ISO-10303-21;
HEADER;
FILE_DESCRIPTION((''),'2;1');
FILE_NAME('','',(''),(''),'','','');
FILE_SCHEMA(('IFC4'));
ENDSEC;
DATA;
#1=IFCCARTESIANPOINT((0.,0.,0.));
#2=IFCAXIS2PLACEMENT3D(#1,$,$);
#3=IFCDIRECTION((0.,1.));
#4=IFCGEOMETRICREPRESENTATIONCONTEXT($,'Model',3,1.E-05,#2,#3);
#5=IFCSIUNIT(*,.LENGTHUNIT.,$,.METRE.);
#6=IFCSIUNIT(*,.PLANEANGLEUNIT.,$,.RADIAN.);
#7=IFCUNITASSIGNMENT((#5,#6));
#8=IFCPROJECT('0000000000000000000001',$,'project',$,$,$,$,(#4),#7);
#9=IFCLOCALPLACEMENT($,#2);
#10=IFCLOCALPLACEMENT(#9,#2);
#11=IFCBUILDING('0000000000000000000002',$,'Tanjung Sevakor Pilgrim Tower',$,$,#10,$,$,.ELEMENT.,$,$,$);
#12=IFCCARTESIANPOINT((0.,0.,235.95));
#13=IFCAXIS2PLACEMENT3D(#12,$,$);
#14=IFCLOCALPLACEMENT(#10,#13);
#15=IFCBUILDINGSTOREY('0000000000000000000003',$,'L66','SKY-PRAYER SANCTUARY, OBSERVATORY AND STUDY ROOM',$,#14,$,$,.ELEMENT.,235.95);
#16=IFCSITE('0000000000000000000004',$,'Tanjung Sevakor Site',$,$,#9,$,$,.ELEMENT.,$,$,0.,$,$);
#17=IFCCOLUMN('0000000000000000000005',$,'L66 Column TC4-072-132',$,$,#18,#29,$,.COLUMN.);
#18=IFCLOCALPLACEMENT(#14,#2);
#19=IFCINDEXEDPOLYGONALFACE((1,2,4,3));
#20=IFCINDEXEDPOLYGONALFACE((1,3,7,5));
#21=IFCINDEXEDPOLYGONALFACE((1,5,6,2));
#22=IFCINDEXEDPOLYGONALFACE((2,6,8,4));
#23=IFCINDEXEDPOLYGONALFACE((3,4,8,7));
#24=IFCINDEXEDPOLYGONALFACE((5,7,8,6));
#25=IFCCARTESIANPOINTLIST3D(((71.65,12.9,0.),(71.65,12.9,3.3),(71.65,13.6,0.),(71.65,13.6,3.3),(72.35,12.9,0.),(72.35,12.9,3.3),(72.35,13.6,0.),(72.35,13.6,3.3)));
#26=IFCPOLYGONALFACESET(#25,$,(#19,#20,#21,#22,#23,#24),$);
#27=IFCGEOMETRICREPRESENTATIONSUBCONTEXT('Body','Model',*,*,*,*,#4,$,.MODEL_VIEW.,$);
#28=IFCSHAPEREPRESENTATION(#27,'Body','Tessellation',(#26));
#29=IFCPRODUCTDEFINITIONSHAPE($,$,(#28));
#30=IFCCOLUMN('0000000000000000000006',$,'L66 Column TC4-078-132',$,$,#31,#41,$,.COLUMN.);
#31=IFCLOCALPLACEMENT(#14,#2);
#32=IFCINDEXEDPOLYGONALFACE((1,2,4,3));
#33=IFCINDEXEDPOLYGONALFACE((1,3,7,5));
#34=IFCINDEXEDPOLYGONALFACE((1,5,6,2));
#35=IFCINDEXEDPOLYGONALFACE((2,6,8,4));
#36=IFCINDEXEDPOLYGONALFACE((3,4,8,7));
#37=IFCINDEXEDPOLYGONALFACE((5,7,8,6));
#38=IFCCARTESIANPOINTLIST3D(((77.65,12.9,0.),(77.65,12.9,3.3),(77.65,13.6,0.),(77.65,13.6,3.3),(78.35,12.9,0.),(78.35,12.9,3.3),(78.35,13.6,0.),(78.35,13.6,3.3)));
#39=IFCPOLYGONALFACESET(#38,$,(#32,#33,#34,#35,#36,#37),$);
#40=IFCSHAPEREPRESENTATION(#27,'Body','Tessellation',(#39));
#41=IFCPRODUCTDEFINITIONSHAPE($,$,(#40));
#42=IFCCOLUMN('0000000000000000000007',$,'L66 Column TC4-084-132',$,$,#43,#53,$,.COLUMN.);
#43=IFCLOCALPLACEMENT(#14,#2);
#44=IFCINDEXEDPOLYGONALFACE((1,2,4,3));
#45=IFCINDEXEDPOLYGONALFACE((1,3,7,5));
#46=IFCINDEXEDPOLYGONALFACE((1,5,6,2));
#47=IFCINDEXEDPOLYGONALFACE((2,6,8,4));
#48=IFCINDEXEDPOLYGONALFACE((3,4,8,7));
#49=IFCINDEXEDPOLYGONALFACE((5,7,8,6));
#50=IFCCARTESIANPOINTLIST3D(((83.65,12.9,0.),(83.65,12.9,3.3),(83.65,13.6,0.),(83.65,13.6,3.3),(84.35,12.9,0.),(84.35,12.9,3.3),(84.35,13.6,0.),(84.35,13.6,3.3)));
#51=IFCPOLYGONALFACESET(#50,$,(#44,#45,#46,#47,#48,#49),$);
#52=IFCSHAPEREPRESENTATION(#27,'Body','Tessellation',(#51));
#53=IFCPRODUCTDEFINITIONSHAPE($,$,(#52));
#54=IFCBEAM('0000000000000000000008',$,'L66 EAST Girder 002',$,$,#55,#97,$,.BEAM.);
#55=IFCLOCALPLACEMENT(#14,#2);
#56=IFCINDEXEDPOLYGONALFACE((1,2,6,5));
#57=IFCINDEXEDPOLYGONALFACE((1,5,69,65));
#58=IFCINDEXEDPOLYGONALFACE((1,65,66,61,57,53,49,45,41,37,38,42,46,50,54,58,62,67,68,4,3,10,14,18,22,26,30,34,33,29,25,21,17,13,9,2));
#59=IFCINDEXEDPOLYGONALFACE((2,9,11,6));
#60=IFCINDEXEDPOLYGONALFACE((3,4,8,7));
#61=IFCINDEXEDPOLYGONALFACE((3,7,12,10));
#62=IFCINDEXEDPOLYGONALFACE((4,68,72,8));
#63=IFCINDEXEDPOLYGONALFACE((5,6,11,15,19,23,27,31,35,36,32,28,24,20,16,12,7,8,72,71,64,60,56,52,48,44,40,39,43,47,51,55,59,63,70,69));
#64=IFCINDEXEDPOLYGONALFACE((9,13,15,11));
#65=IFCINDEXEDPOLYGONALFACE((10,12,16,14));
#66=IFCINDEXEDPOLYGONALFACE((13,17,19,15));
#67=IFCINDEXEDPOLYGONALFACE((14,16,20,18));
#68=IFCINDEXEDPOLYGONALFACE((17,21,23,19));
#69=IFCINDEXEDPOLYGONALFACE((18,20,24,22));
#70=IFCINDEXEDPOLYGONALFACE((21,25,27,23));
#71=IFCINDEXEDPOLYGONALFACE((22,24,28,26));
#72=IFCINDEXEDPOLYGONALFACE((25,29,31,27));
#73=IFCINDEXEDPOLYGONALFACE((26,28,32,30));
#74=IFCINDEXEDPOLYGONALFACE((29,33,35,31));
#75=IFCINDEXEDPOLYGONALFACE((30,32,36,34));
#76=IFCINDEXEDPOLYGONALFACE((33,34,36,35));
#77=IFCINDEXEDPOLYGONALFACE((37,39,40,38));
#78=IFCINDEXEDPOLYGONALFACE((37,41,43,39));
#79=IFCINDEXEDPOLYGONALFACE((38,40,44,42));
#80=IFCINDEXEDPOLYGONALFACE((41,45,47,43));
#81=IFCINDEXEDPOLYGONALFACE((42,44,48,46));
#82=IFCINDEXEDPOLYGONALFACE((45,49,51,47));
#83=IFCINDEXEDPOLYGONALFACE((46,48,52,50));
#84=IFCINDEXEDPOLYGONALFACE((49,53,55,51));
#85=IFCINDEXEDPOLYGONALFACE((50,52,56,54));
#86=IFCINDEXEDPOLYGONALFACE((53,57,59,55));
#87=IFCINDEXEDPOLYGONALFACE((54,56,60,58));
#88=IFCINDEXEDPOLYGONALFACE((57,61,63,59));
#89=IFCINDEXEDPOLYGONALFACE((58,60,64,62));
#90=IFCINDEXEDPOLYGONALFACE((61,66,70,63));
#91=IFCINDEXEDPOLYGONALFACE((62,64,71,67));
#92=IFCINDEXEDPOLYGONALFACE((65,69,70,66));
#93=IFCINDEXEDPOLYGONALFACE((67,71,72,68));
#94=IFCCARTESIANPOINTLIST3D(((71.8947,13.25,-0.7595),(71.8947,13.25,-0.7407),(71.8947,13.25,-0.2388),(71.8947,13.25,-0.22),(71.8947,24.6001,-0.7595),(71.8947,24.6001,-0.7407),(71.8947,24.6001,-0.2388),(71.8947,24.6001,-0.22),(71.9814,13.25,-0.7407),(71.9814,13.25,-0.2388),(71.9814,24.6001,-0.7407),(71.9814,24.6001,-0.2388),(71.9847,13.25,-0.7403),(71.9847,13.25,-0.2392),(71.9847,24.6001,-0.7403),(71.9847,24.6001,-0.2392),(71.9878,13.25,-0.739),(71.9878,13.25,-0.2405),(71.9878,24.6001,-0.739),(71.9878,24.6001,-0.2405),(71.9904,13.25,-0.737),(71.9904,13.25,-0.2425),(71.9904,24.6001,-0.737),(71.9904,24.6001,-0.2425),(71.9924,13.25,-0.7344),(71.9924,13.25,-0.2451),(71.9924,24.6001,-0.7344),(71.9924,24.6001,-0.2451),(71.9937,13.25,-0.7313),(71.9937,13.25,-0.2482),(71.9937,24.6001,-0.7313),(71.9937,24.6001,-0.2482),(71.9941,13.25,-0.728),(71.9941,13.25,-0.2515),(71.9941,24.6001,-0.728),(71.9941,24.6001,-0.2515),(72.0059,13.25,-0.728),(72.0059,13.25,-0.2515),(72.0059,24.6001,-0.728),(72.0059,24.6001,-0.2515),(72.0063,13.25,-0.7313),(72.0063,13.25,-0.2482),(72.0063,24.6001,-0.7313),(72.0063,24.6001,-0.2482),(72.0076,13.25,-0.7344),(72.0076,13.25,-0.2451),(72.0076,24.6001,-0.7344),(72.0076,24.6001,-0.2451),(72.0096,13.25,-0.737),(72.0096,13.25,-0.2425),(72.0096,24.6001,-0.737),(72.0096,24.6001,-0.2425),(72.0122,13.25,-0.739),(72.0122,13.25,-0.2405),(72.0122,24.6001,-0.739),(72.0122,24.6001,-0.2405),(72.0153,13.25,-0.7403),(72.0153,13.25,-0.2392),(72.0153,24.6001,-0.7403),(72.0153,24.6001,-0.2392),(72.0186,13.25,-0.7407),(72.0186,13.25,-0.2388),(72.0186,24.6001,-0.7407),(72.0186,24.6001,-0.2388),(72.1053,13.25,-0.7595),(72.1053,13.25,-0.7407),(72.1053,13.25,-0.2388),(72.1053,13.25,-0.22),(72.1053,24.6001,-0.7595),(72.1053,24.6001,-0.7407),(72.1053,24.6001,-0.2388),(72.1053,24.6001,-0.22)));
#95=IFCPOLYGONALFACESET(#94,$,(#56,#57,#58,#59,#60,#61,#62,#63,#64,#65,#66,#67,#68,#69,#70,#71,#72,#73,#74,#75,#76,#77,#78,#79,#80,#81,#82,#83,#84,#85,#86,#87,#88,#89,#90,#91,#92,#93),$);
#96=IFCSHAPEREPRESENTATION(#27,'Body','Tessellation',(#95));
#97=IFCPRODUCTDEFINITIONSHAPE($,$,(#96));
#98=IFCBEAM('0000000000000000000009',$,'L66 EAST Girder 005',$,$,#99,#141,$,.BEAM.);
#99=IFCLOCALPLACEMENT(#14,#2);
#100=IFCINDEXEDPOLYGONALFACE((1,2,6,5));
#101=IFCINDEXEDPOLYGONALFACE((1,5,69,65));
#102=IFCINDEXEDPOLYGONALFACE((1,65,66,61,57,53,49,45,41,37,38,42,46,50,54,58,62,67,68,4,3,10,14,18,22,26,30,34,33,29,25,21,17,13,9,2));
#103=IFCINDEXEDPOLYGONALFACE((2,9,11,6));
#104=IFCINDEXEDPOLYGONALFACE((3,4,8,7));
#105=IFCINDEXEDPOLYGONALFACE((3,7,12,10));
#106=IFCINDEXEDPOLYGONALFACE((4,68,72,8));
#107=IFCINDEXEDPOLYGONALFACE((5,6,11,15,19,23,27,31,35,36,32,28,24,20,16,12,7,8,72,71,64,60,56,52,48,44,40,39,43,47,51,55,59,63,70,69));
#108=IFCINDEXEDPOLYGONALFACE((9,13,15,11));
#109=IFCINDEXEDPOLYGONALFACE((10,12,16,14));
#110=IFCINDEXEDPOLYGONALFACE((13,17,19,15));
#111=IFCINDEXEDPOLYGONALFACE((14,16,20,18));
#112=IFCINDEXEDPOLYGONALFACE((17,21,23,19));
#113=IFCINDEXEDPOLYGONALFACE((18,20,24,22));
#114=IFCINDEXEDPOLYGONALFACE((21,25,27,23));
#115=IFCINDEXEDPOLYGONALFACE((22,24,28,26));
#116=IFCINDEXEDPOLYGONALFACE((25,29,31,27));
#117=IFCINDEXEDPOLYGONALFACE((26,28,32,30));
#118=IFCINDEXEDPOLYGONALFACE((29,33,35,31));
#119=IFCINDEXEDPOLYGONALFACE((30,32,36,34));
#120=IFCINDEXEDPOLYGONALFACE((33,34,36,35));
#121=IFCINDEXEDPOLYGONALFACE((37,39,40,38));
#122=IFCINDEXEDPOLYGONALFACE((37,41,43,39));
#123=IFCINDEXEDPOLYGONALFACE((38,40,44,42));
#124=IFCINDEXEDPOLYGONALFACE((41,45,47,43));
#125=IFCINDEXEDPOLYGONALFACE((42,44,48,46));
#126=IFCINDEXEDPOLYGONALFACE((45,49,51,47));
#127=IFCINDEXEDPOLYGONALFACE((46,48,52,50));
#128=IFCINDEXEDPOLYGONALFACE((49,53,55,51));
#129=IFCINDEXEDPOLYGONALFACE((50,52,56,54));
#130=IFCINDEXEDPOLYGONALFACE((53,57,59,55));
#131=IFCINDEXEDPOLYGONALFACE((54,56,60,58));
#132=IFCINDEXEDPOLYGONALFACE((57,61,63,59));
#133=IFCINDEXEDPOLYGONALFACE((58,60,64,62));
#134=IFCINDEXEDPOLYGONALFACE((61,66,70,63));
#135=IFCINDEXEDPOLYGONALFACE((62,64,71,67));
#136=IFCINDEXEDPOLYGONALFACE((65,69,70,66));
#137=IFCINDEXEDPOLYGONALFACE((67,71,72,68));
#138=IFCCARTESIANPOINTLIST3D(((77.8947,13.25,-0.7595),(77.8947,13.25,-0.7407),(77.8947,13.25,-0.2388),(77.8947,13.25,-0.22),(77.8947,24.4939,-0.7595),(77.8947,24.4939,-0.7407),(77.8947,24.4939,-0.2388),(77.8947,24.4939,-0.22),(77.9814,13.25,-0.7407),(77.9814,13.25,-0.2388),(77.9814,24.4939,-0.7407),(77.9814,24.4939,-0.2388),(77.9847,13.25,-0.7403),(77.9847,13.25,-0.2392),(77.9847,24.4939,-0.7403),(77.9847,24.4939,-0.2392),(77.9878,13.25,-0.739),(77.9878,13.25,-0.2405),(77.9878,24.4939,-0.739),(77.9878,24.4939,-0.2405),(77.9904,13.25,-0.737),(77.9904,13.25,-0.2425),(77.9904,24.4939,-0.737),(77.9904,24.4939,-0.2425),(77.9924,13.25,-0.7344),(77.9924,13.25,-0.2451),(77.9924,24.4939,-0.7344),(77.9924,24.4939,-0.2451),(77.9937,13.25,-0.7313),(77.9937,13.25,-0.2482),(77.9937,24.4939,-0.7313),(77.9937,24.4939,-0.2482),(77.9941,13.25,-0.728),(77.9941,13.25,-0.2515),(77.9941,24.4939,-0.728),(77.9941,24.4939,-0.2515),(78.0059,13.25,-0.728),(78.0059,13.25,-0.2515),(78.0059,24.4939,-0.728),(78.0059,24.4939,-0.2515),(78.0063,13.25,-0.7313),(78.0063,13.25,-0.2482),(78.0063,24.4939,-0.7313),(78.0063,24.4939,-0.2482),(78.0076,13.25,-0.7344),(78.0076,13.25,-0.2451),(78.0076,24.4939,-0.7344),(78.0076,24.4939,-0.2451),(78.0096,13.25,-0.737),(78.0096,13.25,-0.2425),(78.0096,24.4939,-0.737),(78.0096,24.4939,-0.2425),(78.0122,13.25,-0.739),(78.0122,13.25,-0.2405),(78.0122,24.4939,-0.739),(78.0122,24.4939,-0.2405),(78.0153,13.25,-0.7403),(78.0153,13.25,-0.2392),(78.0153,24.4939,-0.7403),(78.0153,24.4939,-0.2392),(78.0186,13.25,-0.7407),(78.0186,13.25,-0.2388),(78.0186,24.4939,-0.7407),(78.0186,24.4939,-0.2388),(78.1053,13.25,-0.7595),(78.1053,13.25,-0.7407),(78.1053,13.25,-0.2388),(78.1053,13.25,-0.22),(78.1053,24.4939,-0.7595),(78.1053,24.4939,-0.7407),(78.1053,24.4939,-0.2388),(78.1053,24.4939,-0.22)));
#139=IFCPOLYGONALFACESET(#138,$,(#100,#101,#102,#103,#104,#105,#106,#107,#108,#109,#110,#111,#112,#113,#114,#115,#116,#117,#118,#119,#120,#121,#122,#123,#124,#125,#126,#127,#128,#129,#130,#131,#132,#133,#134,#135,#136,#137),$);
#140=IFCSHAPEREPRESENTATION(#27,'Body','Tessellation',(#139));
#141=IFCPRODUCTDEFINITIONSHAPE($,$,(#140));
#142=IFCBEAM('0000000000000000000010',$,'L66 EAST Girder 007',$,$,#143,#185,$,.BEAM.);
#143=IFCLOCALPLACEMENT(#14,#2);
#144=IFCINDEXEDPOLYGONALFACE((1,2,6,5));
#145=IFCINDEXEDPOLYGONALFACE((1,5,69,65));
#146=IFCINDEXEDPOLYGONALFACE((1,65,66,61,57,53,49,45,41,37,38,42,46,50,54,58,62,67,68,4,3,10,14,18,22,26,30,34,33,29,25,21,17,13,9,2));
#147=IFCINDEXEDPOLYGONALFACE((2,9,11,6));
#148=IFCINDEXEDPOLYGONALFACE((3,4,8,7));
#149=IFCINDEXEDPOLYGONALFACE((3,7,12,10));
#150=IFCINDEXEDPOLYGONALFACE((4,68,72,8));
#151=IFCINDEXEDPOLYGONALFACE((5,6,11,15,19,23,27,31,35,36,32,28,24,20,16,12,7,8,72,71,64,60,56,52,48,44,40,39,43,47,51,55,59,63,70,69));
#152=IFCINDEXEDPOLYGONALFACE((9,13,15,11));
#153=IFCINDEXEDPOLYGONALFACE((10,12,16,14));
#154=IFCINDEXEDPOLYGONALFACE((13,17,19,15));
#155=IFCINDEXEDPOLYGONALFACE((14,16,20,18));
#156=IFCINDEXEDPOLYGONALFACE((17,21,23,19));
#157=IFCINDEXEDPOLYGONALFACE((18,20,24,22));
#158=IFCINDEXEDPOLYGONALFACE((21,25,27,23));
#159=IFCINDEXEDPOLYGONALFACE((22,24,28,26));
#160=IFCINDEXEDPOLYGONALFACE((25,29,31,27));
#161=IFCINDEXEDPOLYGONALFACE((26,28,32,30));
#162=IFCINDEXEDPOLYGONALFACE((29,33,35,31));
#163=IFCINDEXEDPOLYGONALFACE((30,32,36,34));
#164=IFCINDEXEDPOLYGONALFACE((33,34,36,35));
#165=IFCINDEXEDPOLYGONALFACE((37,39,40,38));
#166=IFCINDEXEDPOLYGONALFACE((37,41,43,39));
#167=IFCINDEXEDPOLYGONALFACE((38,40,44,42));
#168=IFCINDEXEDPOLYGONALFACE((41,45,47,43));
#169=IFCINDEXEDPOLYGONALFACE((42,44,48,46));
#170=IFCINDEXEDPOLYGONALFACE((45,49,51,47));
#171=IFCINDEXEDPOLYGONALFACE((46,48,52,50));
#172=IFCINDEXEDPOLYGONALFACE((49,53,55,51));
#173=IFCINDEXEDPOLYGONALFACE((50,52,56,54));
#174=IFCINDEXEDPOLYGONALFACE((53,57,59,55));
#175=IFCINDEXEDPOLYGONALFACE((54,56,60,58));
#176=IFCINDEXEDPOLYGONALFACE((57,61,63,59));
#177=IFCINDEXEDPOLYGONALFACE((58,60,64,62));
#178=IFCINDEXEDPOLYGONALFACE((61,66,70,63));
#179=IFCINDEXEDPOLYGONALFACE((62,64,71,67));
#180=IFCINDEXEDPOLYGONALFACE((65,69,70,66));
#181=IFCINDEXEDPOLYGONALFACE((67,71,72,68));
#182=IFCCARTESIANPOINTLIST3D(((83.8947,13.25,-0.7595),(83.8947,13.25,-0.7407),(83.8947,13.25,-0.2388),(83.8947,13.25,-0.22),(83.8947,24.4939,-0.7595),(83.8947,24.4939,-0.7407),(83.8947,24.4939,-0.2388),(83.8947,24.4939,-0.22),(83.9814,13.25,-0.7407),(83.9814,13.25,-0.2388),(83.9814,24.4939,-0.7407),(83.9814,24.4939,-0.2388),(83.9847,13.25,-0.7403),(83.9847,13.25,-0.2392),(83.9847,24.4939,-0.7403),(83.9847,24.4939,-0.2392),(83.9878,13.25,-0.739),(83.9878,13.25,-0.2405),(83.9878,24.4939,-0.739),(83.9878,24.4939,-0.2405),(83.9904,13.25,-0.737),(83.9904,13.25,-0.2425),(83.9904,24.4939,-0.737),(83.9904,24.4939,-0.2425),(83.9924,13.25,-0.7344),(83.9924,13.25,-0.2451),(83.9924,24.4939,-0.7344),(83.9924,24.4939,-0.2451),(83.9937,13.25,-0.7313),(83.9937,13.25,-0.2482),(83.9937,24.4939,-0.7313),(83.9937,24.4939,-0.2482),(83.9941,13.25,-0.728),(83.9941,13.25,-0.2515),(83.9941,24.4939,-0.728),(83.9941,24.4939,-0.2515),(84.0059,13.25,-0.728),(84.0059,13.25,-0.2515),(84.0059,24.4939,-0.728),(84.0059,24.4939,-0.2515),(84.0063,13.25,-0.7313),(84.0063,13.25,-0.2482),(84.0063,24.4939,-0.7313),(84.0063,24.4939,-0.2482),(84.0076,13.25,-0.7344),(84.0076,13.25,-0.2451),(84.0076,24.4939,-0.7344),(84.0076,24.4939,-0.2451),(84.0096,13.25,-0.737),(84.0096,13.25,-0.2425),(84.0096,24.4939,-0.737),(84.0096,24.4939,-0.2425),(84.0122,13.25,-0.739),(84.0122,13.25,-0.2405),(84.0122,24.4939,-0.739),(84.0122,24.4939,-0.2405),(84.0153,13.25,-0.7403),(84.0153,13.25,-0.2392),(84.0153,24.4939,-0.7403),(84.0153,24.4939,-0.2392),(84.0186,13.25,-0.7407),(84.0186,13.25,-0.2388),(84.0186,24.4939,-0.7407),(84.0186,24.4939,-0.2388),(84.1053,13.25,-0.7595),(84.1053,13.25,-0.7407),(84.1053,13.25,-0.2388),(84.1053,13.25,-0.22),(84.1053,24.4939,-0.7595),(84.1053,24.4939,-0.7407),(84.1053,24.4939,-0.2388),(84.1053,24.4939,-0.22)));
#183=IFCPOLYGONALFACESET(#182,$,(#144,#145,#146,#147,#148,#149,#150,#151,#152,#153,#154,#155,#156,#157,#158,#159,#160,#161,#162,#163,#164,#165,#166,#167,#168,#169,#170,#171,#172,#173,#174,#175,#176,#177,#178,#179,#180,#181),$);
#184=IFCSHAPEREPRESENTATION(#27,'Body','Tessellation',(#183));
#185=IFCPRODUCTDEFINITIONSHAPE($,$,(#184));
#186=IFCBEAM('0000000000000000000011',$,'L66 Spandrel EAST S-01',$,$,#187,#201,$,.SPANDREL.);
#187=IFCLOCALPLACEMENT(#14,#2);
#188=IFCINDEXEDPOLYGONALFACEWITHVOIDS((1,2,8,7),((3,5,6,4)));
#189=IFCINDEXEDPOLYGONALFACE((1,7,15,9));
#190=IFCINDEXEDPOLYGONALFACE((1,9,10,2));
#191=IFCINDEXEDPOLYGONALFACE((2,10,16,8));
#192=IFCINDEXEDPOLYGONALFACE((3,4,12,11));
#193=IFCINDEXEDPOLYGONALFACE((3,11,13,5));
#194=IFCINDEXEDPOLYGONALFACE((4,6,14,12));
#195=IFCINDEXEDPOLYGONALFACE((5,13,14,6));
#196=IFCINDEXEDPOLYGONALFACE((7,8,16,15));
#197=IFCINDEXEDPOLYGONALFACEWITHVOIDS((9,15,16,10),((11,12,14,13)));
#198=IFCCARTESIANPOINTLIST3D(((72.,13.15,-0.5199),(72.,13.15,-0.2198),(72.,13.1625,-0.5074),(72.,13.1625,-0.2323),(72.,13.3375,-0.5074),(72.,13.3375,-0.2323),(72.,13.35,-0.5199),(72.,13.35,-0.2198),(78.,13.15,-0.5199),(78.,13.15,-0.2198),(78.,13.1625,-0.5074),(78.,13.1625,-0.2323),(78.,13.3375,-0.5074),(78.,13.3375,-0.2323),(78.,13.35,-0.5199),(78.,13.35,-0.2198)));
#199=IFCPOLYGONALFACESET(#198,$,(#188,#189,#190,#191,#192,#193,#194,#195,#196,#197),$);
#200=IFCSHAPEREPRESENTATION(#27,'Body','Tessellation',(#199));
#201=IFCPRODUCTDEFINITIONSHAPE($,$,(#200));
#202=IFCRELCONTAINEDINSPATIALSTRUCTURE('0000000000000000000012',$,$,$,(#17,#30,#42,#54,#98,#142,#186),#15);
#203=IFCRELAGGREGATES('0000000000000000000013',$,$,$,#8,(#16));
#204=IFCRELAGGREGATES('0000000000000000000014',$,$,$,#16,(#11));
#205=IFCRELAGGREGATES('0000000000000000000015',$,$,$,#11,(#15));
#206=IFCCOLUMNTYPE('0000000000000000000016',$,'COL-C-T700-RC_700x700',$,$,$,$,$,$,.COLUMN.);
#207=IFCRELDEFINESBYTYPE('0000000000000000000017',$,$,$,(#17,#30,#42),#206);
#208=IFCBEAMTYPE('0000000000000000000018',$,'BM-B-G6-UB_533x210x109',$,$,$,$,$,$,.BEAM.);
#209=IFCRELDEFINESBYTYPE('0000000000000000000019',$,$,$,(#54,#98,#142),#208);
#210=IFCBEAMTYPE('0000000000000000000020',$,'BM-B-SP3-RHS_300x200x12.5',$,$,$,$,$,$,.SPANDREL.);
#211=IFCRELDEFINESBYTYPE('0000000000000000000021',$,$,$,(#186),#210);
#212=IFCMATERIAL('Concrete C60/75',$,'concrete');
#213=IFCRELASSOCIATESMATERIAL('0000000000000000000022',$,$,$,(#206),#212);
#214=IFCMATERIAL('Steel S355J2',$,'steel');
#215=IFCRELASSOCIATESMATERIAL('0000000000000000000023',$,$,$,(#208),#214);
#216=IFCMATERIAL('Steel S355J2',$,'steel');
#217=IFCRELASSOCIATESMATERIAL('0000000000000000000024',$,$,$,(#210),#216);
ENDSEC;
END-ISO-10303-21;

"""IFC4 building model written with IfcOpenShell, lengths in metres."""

from ifc_helpers import new_model, si_unit, direction, frame, origin, origin_2d, place, context, subcontext, project, spatial, rectangle, hollow_rectangle, i_section, extrude, material, material_profile, profile_set, type_object, element, save


model = new_model("IFC4")

# Units and contexts
model_context = context("Model", 3, precision=1e-05, world=origin(), true_north=direction((0.0, 1.0)))
body_context = subcontext(model_context, "Body", "Model", "MODEL_VIEW")
ifc_project = project(units=[si_unit("LENGTHUNIT", "METRE"), si_unit("PLANEANGLEUNIT", "RADIAN")], contexts=[model_context])

# Site, building, storey
site_placement = place(None, origin())
site = spatial("IfcSite", under=ifc_project, at=site_placement, Name="Tanjung Sevakor Site", CompositionType="ELEMENT", RefElevation=0.0)
building_placement = place(site_placement, origin())
building = spatial("IfcBuilding", under=site, at=building_placement, Name="Tanjung Sevakor Pilgrim Tower", CompositionType="ELEMENT")
storey_placement = place(building_placement, frame((0.0, 0.0, 235.95)))
storey = spatial("IfcBuildingStorey", under=building, at=storey_placement, Name="L66", Description="SKY-PRAYER SANCTUARY, OBSERVATORY AND STUDY ROOM", CompositionType="ELEMENT", Elevation=235.95)

# Columns
ifc_material_1 = material(Name="Concrete C60/75", Category="concrete")
ifc_material_profile_1 = material_profile(ifc_material_1, rectangle(XDim=0.7, YDim=0.7, at=origin_2d()))
ifc_profile_set_1 = profile_set([ifc_material_profile_1], Name="Concrete C60/75")
column_type = type_object("IfcColumnType", Name="COL-C-T700-RC_700x700", PredefinedType="COLUMN", material=ifc_profile_set_1)
for number, where, z_axis, x_axis, name in (
    (1, (72.0, 13.25, 0.0), (0.0, 0.0, 1.0), (1.0, 0.0, 0.0), "L66 Column TC4-072-132"),
    (2, (78.0, 13.25, 0.0), (0.0, 0.0, 1.0), (1.0, 0.0, 0.0), "L66 Column TC4-078-132"),
    (3, (84.0, 13.25, 0.0), (0.0, 0.0, 1.0), (1.0, 0.0, 0.0), "L66 Column TC4-084-132"),
):
    element("IfcColumn", number, at=place(storey_placement, frame(where, z_axis=z_axis, x_axis=x_axis)), inside=storey, type_object=column_type, Name=name, PredefinedType="COLUMN", context=body_context, shape_type="SweptSolid", body=[
        extrude(rectangle(XDim=0.7, YDim=0.7, at=origin_2d()), origin(), (0.0, 0.0, 1.0), 3.3),
    ])

# Beams
ifc_material_2 = material(Name="Steel S355J2", Category="steel")
ifc_material_profile_2 = material_profile(ifc_material_2, i_section(OverallWidth=0.2107, OverallDepth=0.5396, WebThickness=0.0117, FlangeThickness=0.0188, FilletRadius=0.0127, at=origin_2d()))
ifc_profile_set_2 = profile_set([ifc_material_profile_2], Name="Steel S355J2")
beam_type_1 = type_object("IfcBeamType", Name="BM-B-G6-UB_533x210x109", PredefinedType="BEAM", material=ifc_profile_set_2)
beam_placement = place(storey_placement, frame((72.0, 13.25, -0.4897), z_axis=(0.0, 1.0, 0.0), x_axis=(-1.0, 0.0, 0.0)))
element("IfcBeam", 4, at=beam_placement, inside=storey, type_object=beam_type_1, Name="L66 EAST Girder 002", PredefinedType="BEAM", context=body_context, shape_type="SweptSolid", body=[
    extrude(i_section(OverallWidth=0.2107, OverallDepth=0.5396, WebThickness=0.0117, FlangeThickness=0.0188, FilletRadius=0.0127, at=origin_2d()), origin(), (0.0, 0.0, 1.0), 11.3501),
])
for number, where, z_axis, x_axis, name in (
    (5, (78.0, 13.25, -0.4897), (0.0, 1.0, 0.0), (-1.0, 0.0, 0.0), "L66 EAST Girder 005"),
    (6, (84.0, 13.25, -0.4897), (0.0, 1.0, 0.0), (-1.0, 0.0, 0.0), "L66 EAST Girder 007"),
):
    element("IfcBeam", number, at=place(storey_placement, frame(where, z_axis=z_axis, x_axis=x_axis)), inside=storey, type_object=beam_type_1, Name=name, PredefinedType="BEAM", context=body_context, shape_type="SweptSolid", body=[
        extrude(i_section(OverallWidth=0.2107, OverallDepth=0.5396, WebThickness=0.0117, FlangeThickness=0.0188, FilletRadius=0.0127, at=origin_2d()), origin(), (0.0, 0.0, 1.0), 11.2439),
    ])
ifc_material_3 = material(Name="Steel S355J2", Category="steel")
ifc_material_profile_3 = material_profile(ifc_material_3, hollow_rectangle(XDim=0.2, YDim=0.3, WallThickness=0.0125, at=origin_2d()))
ifc_profile_set_3 = profile_set([ifc_material_profile_3], Name="Steel S355J2")
beam_type_2 = type_object("IfcBeamType", Name="BM-B-SP3-RHS_300x200x12.5", PredefinedType="SPANDREL", material=ifc_profile_set_3)
for number, where, z_axis, x_axis, name in (
    (7, (72.0, 13.25, -0.3699), (1.0, 0.0, 0.0), (0.0, 1.0, 0.0), "L66 Spandrel EAST S-01"),
):
    element("IfcBeam", number, at=place(storey_placement, frame(where, z_axis=z_axis, x_axis=x_axis)), inside=storey, type_object=beam_type_2, Name=name, PredefinedType="SPANDREL", context=body_context, shape_type="SweptSolid", body=[
        extrude(hollow_rectangle(XDim=0.2, YDim=0.3, WallThickness=0.0125, at=origin_2d()), origin(), (0.0, 0.0, 1.0), 6.0),
    ])

save(model, "model.ifc")
